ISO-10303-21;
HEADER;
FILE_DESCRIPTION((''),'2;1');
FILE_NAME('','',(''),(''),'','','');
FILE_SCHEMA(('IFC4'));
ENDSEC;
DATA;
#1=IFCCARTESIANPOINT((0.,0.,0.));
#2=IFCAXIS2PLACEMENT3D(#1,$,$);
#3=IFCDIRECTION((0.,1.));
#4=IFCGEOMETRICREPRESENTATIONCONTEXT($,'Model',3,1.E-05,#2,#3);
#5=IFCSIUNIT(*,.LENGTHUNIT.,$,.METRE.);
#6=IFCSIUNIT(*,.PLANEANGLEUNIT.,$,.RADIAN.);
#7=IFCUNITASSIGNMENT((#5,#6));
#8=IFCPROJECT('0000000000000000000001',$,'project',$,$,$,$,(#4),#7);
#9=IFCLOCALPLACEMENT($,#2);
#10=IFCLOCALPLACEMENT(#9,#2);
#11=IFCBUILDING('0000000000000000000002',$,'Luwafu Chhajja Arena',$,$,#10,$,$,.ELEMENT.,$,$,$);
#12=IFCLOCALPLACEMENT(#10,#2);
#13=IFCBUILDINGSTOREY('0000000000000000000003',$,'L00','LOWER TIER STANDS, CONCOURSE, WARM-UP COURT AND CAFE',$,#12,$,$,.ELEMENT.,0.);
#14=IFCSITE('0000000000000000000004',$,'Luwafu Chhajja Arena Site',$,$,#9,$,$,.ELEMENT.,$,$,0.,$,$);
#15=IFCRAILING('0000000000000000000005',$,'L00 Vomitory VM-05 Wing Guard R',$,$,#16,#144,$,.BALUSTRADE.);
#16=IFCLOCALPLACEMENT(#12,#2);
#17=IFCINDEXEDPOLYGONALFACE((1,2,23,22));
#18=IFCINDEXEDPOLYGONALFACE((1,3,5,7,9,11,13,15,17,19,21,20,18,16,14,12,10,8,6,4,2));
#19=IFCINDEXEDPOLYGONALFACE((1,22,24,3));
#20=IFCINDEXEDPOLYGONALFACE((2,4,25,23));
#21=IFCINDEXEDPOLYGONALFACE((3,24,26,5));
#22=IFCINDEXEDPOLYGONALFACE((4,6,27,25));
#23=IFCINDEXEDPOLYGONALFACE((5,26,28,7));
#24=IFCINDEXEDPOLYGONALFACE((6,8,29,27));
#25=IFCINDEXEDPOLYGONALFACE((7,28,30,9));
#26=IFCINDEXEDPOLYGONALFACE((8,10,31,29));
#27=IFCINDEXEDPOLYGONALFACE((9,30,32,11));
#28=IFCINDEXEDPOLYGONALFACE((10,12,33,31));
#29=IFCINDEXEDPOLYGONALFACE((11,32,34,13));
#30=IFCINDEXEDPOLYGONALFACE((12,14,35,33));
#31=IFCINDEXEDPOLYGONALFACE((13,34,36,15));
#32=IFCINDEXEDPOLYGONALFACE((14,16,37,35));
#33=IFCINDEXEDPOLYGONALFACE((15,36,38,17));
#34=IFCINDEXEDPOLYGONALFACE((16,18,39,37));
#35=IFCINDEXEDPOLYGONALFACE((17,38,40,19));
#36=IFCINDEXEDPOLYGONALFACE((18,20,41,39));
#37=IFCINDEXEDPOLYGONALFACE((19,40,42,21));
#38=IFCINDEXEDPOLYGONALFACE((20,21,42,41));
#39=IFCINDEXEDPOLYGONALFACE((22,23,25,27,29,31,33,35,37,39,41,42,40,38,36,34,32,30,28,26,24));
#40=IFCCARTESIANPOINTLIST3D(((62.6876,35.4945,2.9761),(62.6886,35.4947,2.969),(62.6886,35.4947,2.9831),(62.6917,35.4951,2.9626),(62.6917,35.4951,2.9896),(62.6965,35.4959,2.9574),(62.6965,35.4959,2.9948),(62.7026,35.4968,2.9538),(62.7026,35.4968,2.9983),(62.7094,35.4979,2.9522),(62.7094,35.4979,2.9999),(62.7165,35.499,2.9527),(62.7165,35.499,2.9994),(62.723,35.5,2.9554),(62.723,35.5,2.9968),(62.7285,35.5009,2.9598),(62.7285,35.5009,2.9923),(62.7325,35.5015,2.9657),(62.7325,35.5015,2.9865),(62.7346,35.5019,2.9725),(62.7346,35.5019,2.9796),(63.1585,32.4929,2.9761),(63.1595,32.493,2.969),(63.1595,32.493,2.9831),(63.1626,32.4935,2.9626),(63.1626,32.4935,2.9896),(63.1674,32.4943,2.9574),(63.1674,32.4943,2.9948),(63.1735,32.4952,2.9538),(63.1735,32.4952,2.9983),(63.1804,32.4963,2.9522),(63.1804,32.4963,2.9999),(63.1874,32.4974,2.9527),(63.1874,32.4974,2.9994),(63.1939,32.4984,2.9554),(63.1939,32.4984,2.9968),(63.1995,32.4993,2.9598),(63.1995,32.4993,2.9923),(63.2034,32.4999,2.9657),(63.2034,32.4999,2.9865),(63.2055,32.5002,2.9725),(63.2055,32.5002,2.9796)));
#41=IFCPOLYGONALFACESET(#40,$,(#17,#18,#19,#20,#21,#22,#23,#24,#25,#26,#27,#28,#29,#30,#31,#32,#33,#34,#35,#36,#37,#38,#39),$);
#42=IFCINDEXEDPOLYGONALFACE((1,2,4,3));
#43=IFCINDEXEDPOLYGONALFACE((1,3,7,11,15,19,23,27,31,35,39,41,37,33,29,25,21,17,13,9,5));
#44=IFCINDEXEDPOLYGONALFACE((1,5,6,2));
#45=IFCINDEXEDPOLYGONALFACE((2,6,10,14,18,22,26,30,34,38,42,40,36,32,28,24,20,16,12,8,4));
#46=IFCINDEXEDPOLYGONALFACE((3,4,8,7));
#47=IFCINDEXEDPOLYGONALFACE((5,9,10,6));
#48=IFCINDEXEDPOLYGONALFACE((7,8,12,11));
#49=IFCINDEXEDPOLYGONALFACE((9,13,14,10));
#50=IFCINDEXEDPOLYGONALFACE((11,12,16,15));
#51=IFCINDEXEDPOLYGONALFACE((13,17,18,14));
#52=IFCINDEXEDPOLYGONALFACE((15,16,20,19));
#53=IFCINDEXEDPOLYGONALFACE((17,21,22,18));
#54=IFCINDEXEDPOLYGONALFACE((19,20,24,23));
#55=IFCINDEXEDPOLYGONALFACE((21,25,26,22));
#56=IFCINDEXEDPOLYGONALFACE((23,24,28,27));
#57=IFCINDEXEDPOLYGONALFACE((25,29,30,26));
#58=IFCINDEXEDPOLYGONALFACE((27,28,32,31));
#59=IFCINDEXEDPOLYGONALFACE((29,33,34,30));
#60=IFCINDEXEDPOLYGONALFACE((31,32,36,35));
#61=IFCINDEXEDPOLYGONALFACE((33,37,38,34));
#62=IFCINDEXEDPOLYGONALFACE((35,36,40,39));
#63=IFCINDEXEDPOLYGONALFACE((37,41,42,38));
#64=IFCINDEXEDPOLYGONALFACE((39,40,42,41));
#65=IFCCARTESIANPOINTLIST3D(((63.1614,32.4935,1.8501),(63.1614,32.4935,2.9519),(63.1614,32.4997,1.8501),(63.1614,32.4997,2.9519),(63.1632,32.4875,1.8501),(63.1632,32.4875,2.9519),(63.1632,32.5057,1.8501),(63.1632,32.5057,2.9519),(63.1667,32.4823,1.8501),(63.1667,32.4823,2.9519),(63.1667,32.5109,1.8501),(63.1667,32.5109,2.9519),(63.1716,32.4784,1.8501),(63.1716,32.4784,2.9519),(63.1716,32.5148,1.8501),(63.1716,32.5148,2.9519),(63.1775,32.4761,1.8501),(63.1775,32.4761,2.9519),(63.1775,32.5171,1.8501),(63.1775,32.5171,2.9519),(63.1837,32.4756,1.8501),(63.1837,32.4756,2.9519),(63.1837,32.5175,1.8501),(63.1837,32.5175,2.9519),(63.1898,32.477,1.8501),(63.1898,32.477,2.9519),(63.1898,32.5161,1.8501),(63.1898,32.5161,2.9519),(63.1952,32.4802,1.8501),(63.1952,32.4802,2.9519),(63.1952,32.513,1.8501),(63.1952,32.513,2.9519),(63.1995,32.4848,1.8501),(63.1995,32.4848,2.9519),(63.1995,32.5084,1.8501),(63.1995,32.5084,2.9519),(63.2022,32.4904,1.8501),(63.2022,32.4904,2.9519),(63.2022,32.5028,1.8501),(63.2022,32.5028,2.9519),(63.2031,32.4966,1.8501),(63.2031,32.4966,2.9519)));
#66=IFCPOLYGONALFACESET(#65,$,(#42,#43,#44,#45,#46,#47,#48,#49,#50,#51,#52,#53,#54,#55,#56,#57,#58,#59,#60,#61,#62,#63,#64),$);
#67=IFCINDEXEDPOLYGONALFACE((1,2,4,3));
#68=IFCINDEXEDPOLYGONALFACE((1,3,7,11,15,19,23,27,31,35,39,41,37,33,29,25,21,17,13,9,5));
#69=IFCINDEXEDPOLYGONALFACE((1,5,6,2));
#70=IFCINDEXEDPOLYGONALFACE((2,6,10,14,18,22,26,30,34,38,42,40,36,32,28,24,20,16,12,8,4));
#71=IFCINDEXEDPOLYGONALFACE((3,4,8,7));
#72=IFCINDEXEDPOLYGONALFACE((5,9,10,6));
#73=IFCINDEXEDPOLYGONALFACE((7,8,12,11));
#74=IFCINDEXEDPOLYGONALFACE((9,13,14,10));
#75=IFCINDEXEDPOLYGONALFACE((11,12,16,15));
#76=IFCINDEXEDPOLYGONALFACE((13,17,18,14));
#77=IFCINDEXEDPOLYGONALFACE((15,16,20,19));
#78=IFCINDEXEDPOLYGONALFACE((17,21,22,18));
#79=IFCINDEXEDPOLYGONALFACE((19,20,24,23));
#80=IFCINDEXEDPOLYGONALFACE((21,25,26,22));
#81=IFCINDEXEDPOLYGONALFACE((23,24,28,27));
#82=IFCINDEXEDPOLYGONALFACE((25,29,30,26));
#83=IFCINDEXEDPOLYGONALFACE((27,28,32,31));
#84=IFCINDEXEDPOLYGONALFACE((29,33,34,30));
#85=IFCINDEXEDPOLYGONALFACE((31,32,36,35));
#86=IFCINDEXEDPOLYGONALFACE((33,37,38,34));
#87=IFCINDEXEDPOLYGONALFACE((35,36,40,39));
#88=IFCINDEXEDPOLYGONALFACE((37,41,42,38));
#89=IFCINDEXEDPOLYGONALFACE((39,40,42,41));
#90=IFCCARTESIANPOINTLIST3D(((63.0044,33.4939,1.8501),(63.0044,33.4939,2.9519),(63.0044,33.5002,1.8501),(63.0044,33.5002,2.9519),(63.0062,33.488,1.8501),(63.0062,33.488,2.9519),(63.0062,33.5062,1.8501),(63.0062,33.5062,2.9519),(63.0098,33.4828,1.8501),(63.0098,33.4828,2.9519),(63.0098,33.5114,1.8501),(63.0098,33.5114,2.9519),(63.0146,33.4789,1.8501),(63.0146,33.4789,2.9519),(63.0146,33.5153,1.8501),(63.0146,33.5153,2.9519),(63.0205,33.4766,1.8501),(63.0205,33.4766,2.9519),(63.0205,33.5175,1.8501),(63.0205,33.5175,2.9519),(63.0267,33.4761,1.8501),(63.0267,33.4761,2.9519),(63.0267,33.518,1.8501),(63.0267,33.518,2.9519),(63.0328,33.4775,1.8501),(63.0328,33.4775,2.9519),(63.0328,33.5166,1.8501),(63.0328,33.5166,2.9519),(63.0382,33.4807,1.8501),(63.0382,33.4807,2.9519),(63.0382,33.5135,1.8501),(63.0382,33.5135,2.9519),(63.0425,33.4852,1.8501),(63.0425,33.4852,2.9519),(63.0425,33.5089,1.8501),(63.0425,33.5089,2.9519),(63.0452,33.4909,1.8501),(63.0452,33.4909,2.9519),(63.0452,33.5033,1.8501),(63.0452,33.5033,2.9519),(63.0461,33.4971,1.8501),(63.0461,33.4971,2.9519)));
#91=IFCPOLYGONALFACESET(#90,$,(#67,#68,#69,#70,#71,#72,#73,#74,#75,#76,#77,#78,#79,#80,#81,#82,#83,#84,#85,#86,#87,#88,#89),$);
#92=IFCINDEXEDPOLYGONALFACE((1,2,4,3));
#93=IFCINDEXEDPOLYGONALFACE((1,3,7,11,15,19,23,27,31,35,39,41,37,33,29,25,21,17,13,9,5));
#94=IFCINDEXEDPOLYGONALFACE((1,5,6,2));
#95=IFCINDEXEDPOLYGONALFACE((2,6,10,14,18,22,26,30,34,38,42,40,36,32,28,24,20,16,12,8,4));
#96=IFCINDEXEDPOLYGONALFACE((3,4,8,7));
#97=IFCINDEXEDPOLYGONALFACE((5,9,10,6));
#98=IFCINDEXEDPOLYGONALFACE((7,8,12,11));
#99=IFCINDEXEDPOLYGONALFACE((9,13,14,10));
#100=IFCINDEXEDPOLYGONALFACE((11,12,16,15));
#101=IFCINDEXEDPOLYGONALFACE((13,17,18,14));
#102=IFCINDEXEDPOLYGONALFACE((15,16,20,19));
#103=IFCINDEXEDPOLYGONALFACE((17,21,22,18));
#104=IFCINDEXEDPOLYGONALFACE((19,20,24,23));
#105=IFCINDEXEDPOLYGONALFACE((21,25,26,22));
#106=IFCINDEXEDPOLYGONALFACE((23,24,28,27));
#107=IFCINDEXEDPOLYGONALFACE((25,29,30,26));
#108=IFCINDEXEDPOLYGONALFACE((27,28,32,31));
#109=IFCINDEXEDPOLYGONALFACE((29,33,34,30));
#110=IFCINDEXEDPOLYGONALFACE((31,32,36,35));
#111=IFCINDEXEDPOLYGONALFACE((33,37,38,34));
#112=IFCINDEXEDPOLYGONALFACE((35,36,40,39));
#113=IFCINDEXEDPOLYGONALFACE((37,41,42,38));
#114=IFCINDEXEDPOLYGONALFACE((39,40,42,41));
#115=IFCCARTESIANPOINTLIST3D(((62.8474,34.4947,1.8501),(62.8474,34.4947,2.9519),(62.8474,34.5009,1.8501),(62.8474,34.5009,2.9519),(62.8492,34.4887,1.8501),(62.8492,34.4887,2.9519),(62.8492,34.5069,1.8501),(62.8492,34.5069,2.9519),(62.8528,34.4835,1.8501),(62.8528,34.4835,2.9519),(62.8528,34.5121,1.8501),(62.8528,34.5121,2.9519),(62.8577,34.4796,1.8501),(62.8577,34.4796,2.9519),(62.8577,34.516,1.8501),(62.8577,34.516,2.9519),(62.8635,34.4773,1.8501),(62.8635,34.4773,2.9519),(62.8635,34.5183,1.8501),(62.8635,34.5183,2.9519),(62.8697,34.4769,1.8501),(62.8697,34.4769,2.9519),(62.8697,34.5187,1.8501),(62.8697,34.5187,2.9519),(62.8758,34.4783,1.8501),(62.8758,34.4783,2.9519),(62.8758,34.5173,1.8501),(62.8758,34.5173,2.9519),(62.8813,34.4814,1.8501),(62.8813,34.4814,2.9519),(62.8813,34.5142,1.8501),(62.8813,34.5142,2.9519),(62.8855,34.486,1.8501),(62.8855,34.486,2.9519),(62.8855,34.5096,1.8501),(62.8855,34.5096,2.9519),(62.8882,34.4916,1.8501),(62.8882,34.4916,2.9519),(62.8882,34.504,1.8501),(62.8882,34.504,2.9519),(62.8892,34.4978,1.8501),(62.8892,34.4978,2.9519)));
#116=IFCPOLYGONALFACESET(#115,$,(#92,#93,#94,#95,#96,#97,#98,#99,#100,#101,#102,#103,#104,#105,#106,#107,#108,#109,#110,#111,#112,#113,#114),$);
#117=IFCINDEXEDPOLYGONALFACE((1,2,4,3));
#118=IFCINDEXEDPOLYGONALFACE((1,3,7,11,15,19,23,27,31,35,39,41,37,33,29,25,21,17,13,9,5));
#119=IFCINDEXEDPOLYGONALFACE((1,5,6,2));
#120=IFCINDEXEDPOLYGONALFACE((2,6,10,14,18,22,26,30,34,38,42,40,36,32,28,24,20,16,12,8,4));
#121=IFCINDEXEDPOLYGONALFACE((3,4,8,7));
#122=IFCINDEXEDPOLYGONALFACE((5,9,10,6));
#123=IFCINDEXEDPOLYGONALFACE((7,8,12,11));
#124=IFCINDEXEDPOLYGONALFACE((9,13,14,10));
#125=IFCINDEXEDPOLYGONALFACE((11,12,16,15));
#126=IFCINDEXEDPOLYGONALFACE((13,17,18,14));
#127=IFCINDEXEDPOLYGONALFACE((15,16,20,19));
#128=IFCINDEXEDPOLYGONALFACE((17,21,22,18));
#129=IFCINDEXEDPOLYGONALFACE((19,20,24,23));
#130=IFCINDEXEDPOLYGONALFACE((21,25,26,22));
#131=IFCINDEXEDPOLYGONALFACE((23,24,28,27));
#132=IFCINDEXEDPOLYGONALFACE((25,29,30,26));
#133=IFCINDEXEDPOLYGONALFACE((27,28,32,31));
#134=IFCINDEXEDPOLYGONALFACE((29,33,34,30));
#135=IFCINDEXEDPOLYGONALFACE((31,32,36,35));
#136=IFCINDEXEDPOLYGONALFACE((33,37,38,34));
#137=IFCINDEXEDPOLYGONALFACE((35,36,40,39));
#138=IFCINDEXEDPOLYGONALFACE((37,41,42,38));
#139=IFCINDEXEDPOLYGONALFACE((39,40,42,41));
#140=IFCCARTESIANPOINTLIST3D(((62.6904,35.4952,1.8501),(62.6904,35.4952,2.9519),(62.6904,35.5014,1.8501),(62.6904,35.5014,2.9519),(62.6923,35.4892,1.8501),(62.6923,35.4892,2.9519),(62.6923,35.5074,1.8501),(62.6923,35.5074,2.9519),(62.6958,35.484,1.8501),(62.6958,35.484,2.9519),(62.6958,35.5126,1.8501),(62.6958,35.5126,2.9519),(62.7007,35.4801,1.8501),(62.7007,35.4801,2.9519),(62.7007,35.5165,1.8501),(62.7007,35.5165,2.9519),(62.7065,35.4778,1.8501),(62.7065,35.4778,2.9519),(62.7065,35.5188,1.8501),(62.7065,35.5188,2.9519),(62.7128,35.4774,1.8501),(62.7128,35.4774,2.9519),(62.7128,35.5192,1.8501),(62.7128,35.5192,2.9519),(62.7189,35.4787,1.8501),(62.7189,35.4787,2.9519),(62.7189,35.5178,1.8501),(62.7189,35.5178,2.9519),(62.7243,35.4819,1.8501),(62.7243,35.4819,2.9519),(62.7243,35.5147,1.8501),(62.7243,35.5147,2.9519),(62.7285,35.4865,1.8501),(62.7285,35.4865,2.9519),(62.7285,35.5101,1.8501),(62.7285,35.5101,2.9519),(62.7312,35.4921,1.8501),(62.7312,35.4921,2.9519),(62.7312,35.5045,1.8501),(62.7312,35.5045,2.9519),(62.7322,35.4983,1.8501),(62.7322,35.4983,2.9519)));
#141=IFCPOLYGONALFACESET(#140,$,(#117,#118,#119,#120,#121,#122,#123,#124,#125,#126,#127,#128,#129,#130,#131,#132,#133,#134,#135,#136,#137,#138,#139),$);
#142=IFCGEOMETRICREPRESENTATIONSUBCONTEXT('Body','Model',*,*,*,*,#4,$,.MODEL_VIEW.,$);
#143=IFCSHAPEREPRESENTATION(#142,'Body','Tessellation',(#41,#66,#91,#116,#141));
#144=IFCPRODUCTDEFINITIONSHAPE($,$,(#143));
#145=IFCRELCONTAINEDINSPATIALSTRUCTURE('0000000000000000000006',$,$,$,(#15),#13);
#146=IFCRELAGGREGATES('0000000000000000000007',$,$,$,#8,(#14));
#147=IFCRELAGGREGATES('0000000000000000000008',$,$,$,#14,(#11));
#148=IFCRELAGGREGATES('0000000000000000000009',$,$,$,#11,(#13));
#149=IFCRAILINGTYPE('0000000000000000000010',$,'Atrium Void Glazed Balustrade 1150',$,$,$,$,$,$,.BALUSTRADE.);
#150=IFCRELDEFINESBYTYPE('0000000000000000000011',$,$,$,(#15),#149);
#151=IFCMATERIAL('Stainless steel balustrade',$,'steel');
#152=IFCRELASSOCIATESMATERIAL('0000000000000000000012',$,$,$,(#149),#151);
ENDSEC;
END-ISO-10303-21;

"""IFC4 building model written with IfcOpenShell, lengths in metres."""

from ifc_helpers import new_model, si_unit, direction, frame, origin, origin_2d, place, context, subcontext, project, spatial, circle, extrude, material, type_object, element, save


model = new_model("IFC4")

# Units and contexts
model_context = context("Model", 3, precision=1e-05, world=origin(), true_north=direction((0.0, 1.0)))
body_context = subcontext(model_context, "Body", "Model", "MODEL_VIEW")
ifc_project = project(units=[si_unit("LENGTHUNIT", "METRE"), si_unit("PLANEANGLEUNIT", "RADIAN")], contexts=[model_context])

# Site, building, storey
site_placement = place(None, origin())
site = spatial("IfcSite", under=ifc_project, at=site_placement, Name="Luwafu Chhajja Arena Site", CompositionType="ELEMENT", RefElevation=0.0)
building_placement = place(site_placement, origin())
building = spatial("IfcBuilding", under=site, at=building_placement, Name="Luwafu Chhajja Arena", CompositionType="ELEMENT")
storey_placement = place(building_placement, origin())
storey = spatial("IfcBuildingStorey", under=building, at=storey_placement, Name="L00", Description="LOWER TIER STANDS, CONCOURSE, WARM-UP COURT AND CAFE", CompositionType="ELEMENT", Elevation=0.0)

# Railing
ifc_material_1 = material(Name="Stainless steel balustrade", Category="steel")
railing_type_1 = type_object("IfcRailingType", Name="Atrium Void Glazed Balustrade 1150", PredefinedType="BALUSTRADE", material=ifc_material_1)
for number, where, name in (
    (1, (63.1821, 32.4966, 1.8501), "L00 Vomitory VM-05 Wing Guard R"),
):
    element("IfcRailing", number, at=place(storey_placement, frame(where)), inside=storey, type_object=railing_type_1, Name=name, PredefinedType="BALUSTRADE", context=body_context, shape_type="SweptSolid", body=[
        extrude(circle(Radius=0.0239, at=origin_2d()), frame((0.0, 0.0, 1.126), z_axis=(-0.154997, 0.987915, 0.0), x_axis=(-0.987915, -0.154997, 0.0)), (0.0, 0.0, 1.0), 3.0383),
        extrude(circle(Radius=0.021, at=origin_2d()), origin(), (0.0, 0.0, 1.0), 1.1018),
        extrude(circle(Radius=0.021, at=origin_2d()), frame((-0.157, 1.0005, 0.0)), (0.0, 0.0, 1.0), 1.1018),
        extrude(circle(Radius=0.021, at=origin_2d()), frame((-0.314, 2.0012, 0.0)), (0.0, 0.0, 1.0), 1.1018),
        extrude(circle(Radius=0.021, at=origin_2d()), frame((-0.4709, 3.0017, 0.0)), (0.0, 0.0, 1.0), 1.1018),
    ])

save(model, "model.ifc")
